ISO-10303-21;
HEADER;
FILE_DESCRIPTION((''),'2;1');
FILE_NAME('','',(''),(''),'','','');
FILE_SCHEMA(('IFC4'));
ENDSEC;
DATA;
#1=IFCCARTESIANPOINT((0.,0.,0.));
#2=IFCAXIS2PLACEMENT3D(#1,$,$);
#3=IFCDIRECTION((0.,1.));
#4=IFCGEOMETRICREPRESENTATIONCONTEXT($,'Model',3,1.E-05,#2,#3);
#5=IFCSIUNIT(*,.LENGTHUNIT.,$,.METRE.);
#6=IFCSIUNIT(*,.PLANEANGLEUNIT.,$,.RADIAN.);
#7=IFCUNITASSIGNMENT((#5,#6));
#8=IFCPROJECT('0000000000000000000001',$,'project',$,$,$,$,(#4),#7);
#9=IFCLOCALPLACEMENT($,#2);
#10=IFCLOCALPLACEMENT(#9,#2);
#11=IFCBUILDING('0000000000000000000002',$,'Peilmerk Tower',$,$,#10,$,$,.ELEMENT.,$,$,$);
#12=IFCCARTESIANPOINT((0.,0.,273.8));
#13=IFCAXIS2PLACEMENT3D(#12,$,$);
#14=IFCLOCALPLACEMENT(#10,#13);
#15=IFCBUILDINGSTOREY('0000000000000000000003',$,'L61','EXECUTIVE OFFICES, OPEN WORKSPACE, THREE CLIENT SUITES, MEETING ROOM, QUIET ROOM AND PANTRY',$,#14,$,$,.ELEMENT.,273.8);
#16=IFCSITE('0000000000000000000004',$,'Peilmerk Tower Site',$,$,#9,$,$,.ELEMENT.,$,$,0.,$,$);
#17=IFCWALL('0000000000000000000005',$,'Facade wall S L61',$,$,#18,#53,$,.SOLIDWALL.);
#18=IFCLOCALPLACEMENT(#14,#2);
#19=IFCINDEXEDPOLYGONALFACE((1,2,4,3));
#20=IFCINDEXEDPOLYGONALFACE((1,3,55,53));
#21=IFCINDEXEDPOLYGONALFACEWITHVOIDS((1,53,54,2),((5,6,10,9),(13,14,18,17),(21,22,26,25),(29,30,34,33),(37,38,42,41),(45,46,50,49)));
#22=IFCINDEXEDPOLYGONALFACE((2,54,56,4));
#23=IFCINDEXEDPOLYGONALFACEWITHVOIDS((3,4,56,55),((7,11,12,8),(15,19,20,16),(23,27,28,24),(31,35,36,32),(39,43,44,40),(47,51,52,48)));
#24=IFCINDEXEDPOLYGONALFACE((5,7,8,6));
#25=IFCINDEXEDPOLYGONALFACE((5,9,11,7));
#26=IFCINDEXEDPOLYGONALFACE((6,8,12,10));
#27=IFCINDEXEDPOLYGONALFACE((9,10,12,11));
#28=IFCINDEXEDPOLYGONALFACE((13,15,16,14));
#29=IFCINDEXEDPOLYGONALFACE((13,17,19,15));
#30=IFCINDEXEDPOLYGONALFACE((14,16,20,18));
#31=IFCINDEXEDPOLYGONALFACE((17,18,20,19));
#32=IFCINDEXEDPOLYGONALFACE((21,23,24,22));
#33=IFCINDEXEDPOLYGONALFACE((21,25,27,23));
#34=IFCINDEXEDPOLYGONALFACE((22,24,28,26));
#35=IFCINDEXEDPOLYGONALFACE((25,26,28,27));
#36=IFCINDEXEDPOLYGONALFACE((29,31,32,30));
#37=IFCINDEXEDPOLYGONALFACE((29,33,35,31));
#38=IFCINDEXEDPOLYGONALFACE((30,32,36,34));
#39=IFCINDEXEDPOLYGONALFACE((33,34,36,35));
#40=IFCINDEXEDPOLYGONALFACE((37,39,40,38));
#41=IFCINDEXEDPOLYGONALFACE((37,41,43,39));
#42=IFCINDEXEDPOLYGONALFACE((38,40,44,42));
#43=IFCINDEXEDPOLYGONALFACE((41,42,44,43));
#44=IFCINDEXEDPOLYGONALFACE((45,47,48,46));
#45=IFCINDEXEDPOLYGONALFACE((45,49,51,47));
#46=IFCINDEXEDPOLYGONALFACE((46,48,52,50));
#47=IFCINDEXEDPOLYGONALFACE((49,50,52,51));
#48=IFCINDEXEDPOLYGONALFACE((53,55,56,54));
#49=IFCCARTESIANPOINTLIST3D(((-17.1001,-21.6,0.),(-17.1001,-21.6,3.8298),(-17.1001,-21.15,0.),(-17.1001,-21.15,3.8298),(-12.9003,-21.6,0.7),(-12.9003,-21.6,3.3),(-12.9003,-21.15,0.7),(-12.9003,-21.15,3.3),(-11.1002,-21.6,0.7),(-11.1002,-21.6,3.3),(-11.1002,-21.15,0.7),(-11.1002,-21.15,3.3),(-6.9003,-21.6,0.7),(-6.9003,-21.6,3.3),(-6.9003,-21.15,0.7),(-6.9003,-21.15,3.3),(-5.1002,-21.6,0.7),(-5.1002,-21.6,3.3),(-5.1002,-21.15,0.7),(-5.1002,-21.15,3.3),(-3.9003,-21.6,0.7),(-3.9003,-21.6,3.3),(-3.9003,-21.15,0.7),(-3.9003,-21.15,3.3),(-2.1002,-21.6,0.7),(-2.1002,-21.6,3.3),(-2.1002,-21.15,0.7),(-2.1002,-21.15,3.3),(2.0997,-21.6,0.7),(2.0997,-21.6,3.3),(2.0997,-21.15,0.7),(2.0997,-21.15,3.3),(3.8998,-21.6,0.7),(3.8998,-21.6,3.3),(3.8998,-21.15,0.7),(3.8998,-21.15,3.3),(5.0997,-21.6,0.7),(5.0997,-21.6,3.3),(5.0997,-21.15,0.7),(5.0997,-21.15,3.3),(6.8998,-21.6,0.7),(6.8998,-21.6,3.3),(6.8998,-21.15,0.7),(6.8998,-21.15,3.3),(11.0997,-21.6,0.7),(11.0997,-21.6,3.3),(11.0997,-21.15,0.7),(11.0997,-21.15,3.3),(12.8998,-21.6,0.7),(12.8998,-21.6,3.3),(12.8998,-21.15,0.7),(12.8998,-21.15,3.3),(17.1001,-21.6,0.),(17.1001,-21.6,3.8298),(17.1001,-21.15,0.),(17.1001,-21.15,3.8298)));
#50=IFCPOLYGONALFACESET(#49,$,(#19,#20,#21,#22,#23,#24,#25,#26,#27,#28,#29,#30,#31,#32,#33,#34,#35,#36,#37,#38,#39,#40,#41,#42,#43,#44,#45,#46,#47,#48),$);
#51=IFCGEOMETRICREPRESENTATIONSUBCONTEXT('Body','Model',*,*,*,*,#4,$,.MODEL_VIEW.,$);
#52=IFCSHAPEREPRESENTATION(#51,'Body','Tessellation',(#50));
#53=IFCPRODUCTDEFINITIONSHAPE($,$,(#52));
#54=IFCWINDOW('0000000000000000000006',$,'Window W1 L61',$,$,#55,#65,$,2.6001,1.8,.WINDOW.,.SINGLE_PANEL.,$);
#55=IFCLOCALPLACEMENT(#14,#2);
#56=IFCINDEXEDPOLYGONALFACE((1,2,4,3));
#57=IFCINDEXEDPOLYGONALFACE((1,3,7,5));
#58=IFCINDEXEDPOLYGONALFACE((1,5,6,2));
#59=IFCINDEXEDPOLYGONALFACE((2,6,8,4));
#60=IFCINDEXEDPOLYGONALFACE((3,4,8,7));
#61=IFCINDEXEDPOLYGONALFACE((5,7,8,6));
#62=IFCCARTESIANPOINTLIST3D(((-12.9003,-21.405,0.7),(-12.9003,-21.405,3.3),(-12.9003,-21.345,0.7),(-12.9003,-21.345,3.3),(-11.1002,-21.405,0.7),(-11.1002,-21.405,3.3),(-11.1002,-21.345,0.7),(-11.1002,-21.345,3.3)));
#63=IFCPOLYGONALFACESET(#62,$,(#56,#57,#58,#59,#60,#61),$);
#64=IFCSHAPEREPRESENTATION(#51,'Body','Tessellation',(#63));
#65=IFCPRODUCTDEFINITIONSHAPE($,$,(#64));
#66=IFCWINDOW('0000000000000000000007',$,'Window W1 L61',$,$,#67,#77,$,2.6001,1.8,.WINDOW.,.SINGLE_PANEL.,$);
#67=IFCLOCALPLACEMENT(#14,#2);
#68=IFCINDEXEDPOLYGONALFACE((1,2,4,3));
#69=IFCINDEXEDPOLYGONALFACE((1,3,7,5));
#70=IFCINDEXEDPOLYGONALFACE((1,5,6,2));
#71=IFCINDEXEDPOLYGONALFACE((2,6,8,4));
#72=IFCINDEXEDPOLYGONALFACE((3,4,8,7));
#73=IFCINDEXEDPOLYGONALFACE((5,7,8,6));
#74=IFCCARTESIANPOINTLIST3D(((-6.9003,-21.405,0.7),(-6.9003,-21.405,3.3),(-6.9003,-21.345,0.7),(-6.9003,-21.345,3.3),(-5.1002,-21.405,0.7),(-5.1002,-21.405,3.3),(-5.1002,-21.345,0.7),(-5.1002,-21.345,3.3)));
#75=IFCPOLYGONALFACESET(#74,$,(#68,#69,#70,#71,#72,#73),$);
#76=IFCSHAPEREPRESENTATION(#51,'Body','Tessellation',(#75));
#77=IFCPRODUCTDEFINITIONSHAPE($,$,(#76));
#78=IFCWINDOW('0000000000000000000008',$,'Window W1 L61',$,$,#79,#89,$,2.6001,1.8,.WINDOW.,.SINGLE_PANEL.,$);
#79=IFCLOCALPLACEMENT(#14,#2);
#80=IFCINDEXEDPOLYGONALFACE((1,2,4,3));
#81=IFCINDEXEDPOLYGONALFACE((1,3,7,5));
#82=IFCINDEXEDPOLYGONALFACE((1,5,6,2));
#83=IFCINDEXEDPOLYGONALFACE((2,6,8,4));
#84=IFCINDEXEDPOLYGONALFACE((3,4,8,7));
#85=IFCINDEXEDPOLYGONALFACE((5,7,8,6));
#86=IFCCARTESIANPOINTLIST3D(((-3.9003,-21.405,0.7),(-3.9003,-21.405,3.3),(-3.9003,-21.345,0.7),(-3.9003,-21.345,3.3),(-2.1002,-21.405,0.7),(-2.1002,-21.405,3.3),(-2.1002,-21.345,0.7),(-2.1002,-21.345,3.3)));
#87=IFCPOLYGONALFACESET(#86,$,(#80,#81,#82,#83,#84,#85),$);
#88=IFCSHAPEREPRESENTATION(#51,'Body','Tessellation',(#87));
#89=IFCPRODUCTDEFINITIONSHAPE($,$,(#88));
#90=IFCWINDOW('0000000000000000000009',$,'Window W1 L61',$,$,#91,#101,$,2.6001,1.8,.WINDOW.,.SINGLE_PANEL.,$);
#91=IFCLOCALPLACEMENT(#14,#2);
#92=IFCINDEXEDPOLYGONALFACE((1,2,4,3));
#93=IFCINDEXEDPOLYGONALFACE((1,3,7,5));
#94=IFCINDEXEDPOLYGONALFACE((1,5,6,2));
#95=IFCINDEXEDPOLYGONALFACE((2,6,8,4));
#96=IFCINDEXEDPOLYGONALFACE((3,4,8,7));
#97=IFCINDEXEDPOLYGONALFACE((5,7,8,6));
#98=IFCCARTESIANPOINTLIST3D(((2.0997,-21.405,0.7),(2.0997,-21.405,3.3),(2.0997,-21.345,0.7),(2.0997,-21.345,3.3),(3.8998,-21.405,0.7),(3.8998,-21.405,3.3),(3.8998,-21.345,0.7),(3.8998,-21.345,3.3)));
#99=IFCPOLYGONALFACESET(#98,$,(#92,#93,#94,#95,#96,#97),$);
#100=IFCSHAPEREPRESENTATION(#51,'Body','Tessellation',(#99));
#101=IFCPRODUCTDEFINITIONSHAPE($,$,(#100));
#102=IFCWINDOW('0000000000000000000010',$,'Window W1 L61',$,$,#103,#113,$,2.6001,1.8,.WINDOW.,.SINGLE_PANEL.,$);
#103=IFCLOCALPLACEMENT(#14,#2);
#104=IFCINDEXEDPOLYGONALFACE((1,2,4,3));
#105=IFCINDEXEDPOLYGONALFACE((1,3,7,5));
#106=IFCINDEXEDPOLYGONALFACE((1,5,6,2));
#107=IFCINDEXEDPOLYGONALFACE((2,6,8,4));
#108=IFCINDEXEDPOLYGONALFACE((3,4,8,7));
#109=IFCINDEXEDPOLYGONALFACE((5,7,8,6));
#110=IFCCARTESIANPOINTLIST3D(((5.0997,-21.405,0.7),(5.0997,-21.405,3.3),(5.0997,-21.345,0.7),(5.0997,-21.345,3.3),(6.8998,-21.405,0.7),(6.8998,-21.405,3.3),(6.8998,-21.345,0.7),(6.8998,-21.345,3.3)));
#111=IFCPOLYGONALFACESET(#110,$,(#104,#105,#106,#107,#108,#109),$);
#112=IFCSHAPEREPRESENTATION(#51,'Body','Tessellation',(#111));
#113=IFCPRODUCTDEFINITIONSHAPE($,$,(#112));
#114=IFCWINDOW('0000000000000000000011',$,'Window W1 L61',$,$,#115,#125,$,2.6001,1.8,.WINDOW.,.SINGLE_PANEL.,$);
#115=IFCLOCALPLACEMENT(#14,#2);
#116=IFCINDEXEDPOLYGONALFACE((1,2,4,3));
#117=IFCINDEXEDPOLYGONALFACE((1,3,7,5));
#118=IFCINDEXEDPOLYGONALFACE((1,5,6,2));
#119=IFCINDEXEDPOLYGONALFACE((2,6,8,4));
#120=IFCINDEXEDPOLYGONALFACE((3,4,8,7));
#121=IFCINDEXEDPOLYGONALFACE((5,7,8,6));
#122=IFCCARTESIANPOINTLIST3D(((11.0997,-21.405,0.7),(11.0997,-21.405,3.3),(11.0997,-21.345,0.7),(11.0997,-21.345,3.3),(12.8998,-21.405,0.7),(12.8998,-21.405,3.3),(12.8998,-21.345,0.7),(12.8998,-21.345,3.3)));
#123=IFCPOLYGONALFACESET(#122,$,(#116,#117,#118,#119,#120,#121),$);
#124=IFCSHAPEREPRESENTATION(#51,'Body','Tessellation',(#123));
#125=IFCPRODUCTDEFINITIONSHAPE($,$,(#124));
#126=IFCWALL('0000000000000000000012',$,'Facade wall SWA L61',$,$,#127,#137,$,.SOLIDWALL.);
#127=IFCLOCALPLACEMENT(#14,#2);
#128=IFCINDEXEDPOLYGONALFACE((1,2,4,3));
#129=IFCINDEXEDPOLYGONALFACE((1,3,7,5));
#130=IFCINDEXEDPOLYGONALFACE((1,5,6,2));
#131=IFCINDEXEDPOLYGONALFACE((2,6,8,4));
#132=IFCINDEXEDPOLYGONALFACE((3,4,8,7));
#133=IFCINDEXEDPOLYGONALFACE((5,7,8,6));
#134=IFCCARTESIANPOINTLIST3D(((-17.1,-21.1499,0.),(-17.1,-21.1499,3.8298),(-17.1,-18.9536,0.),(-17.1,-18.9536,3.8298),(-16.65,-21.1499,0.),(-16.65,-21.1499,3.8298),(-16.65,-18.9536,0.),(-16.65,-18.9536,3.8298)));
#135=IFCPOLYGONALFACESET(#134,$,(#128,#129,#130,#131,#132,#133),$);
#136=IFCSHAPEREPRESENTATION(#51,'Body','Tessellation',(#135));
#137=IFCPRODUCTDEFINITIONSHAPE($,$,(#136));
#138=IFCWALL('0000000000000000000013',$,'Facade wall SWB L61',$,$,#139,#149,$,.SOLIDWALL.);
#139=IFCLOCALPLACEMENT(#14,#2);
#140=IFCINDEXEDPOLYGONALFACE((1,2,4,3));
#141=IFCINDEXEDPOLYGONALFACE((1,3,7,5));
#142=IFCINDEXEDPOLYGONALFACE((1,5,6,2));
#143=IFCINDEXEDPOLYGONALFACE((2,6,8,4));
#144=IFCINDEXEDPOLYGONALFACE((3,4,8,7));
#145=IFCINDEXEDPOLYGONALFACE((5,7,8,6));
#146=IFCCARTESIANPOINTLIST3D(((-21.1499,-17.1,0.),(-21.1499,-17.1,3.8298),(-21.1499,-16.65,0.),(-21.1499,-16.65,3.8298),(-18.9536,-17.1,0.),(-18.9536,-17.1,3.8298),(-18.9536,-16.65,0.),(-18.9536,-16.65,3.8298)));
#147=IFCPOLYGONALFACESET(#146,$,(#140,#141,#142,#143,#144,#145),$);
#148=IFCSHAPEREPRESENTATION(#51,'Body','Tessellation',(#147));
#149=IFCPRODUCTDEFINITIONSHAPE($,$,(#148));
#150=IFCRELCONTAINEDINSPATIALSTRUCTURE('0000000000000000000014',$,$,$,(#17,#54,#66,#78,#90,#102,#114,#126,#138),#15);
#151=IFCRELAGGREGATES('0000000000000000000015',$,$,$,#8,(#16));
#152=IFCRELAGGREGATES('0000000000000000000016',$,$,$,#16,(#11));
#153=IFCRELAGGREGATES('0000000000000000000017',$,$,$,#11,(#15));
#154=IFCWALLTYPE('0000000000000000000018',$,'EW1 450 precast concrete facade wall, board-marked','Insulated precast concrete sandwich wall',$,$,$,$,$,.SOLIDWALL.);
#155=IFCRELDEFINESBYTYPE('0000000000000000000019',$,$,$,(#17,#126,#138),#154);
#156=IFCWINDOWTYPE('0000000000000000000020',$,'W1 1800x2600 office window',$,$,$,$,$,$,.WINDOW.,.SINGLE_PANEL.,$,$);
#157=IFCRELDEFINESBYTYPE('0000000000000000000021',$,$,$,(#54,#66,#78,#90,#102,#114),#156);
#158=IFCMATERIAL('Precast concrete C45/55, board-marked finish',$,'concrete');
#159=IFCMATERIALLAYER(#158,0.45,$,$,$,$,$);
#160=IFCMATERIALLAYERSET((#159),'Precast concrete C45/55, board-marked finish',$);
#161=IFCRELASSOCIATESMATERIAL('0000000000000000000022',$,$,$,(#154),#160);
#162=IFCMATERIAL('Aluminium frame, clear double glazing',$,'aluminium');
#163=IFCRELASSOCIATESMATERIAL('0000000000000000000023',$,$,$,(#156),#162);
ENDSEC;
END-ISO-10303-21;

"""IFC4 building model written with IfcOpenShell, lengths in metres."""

from ifc_helpers import new_model, si_unit, direction, frame, frame_2d, origin, place, context, subcontext, project, spatial, rectangle, extrude, material, layer, layer_set, type_object, element, fill, save


model = new_model("IFC4")

# Units and contexts
model_context = context("Model", 3, precision=1e-05, world=origin(), true_north=direction((0.0, 1.0)))
body_context = subcontext(model_context, "Body", "Model", "MODEL_VIEW")
ifc_project = project(units=[si_unit("LENGTHUNIT", "METRE"), si_unit("PLANEANGLEUNIT", "RADIAN")], contexts=[model_context])

# Site, building, storey
site_placement = place(None, origin())
site = spatial("IfcSite", under=ifc_project, at=site_placement, Name="Peilmerk Tower Site", CompositionType="ELEMENT", RefElevation=0.0)
building_placement = place(site_placement, origin())
building = spatial("IfcBuilding", under=site, at=building_placement, Name="Peilmerk Tower", CompositionType="ELEMENT")
storey_placement = place(building_placement, frame((0.0, 0.0, 273.8)))
storey = spatial("IfcBuildingStorey", under=building, at=storey_placement, Name="L61", Description="EXECUTIVE OFFICES, OPEN WORKSPACE, THREE CLIENT SUITES, MEETING ROOM, QUIET ROOM AND PANTRY", CompositionType="ELEMENT", Elevation=273.8)

# Wall, openings, windows
ifc_material_1 = material(Name="Precast concrete C45/55, board-marked finish", Category="concrete")
ifc_layer_1 = layer(ifc_material_1, 0.45)
ifc_layer_set_1 = layer_set([ifc_layer_1], Name="Precast concrete C45/55, board-marked finish")
wall_type = type_object("IfcWallType", Name="EW1 450 precast concrete facade wall, board-marked", Description="Insulated precast concrete sandwich wall", PredefinedType="SOLIDWALL", material=ifc_layer_set_1)
wall_placement = place(storey_placement, frame((-17.1001, -21.375, 0.0), z_axis=(0.0, 0.0, 1.0), x_axis=(1.0, 0.0, 0.0)))
wall = element("IfcWall", 1, at=wall_placement, inside=storey, type_object=wall_type, Name="Facade wall S L61", PredefinedType="SOLIDWALL", context=body_context, shape_type="SweptSolid", body=[
    extrude(rectangle(XDim=34.2002, YDim=0.45, at=frame_2d((17.1001, 0.0))), origin(), (0.0, 0.0, 1.0), 3.8298),
])
opening_1_placement = place(wall_placement, frame((4.2, 0.0, 0.7)))
opening_1 = element("IfcOpeningElement", 2, at=opening_1_placement, cuts=wall, PredefinedType="OPENING", context=body_context, shape_type="SweptSolid", body=[
    extrude(rectangle(XDim=1.8, YDim=2.6001, at=frame_2d((0.8999, 1.3))), frame((0.0, 0.2349, 0.0), z_axis=(0.0, -1.0, 0.0), x_axis=(1.0, 0.0, 0.0)), (0.0, 0.0, 1.0), 0.47),
])
opening_2_placement = place(wall_placement, frame((10.2, 0.0, 0.7)))
opening_2 = element("IfcOpeningElement", 3, at=opening_2_placement, cuts=wall, PredefinedType="OPENING", context=body_context, shape_type="SweptSolid", body=[
    extrude(rectangle(XDim=1.8, YDim=2.6001, at=frame_2d((0.8999, 1.3))), frame((0.0, 0.2349, 0.0), z_axis=(0.0, -1.0, 0.0), x_axis=(1.0, 0.0, 0.0)), (0.0, 0.0, 1.0), 0.47),
])
opening_3_placement = place(wall_placement, frame((13.2, 0.0, 0.7)))
opening_3 = element("IfcOpeningElement", 4, at=opening_3_placement, cuts=wall, PredefinedType="OPENING", context=body_context, shape_type="SweptSolid", body=[
    extrude(rectangle(XDim=1.8, YDim=2.6001, at=frame_2d((0.8999, 1.3))), frame((0.0, 0.2349, 0.0), z_axis=(0.0, -1.0, 0.0), x_axis=(1.0, 0.0, 0.0)), (0.0, 0.0, 1.0), 0.47),
])
opening_4_placement = place(wall_placement, frame((19.2, 0.0, 0.7)))
opening_4 = element("IfcOpeningElement", 5, at=opening_4_placement, cuts=wall, PredefinedType="OPENING", context=body_context, shape_type="SweptSolid", body=[
    extrude(rectangle(XDim=1.8, YDim=2.6001, at=frame_2d((0.8999, 1.3))), frame((0.0, 0.2349, 0.0), z_axis=(0.0, -1.0, 0.0), x_axis=(1.0, 0.0, 0.0)), (0.0, 0.0, 1.0), 0.47),
])
opening_5_placement = place(wall_placement, frame((22.2, 0.0, 0.7)))
opening_5 = element("IfcOpeningElement", 6, at=opening_5_placement, cuts=wall, PredefinedType="OPENING", context=body_context, shape_type="SweptSolid", body=[
    extrude(rectangle(XDim=1.8, YDim=2.6001, at=frame_2d((0.8999, 1.3))), frame((0.0, 0.2349, 0.0), z_axis=(0.0, -1.0, 0.0), x_axis=(1.0, 0.0, 0.0)), (0.0, 0.0, 1.0), 0.47),
])
opening_6_placement = place(wall_placement, frame((28.2, 0.0, 0.7)))
opening_6 = element("IfcOpeningElement", 7, at=opening_6_placement, cuts=wall, PredefinedType="OPENING", context=body_context, shape_type="SweptSolid", body=[
    extrude(rectangle(XDim=1.8, YDim=2.6001, at=frame_2d((0.8999, 1.3))), frame((0.0, 0.2349, 0.0), z_axis=(0.0, -1.0, 0.0), x_axis=(1.0, 0.0, 0.0)), (0.0, 0.0, 1.0), 0.47),
])
ifc_material_2 = material(Name="Aluminium frame, clear double glazing", Category="aluminium")
window_type = type_object("IfcWindowType", Name="W1 1800x2600 office window", PartitioningType="SINGLE_PANEL", PredefinedType="WINDOW", material=ifc_material_2)
window_1_placement = place(opening_1_placement, origin())
window_1 = element("IfcWindow", 8, at=window_1_placement, inside=storey, type_object=window_type, Name="Window W1 L61", OverallHeight=2.6001, OverallWidth=1.8, PartitioningType="SINGLE_PANEL", PredefinedType="WINDOW", context=body_context, shape_type="SweptSolid", body=[
    extrude(rectangle(XDim=1.8, YDim=2.6001, at=frame_2d((0.8999, 1.3))), frame((0.0, 0.03, 0.0), z_axis=(0.0, -1.0, 0.0), x_axis=(1.0, 0.0, 0.0)), (0.0, 0.0, 1.0), 0.0601),
])
fill(opening_1, window_1)
window_2_placement = place(opening_2_placement, origin())
window_2 = element("IfcWindow", 9, at=window_2_placement, inside=storey, type_object=window_type, Name="Window W1 L61", OverallHeight=2.6001, OverallWidth=1.8, PartitioningType="SINGLE_PANEL", PredefinedType="WINDOW", context=body_context, shape_type="SweptSolid", body=[
    extrude(rectangle(XDim=1.8, YDim=2.6001, at=frame_2d((0.8999, 1.3))), frame((0.0, 0.03, 0.0), z_axis=(0.0, -1.0, 0.0), x_axis=(1.0, 0.0, 0.0)), (0.0, 0.0, 1.0), 0.0601),
])
fill(opening_2, window_2)
window_3_placement = place(opening_3_placement, origin())
window_3 = element("IfcWindow", 10, at=window_3_placement, inside=storey, type_object=window_type, Name="Window W1 L61", OverallHeight=2.6001, OverallWidth=1.8, PartitioningType="SINGLE_PANEL", PredefinedType="WINDOW", context=body_context, shape_type="SweptSolid", body=[
    extrude(rectangle(XDim=1.8, YDim=2.6001, at=frame_2d((0.8999, 1.3))), frame((0.0, 0.03, 0.0), z_axis=(0.0, -1.0, 0.0), x_axis=(1.0, 0.0, 0.0)), (0.0, 0.0, 1.0), 0.0601),
])
fill(opening_3, window_3)
window_4_placement = place(opening_4_placement, origin())
window_4 = element("IfcWindow", 11, at=window_4_placement, inside=storey, type_object=window_type, Name="Window W1 L61", OverallHeight=2.6001, OverallWidth=1.8, PartitioningType="SINGLE_PANEL", PredefinedType="WINDOW", context=body_context, shape_type="SweptSolid", body=[
    extrude(rectangle(XDim=1.8, YDim=2.6001, at=frame_2d((0.8999, 1.3))), frame((0.0, 0.03, 0.0), z_axis=(0.0, -1.0, 0.0), x_axis=(1.0, 0.0, 0.0)), (0.0, 0.0, 1.0), 0.0601),
])
fill(opening_4, window_4)
window_5_placement = place(opening_5_placement, origin())
window_5 = element("IfcWindow", 12, at=window_5_placement, inside=storey, type_object=window_type, Name="Window W1 L61", OverallHeight=2.6001, OverallWidth=1.8, PartitioningType="SINGLE_PANEL", PredefinedType="WINDOW", context=body_context, shape_type="SweptSolid", body=[
    extrude(rectangle(XDim=1.8, YDim=2.6001, at=frame_2d((0.8999, 1.3))), frame((0.0, 0.03, 0.0), z_axis=(0.0, -1.0, 0.0), x_axis=(1.0, 0.0, 0.0)), (0.0, 0.0, 1.0), 0.0601),
])
fill(opening_5, window_5)
window_6_placement = place(opening_6_placement, origin())
window_6 = element("IfcWindow", 13, at=window_6_placement, inside=storey, type_object=window_type, Name="Window W1 L61", OverallHeight=2.6001, OverallWidth=1.8, PartitioningType="SINGLE_PANEL", PredefinedType="WINDOW", context=body_context, shape_type="SweptSolid", body=[
    extrude(rectangle(XDim=1.8, YDim=2.6001, at=frame_2d((0.8999, 1.3))), frame((0.0, 0.03, 0.0), z_axis=(0.0, -1.0, 0.0), x_axis=(1.0, 0.0, 0.0)), (0.0, 0.0, 1.0), 0.0601),
])
fill(opening_6, window_6)

# Walls
for number, where, z_axis, x_axis, name in (
    (14, (-16.875, -18.9536, 0.0), (0.0, 0.0, 1.0), (0.0, -1.0, 0.0), "Facade wall SWA L61"),
    (15, (-18.9536, -16.875, 0.0), (0.0, 0.0, 1.0), (-1.0, 0.0, 0.0), "Facade wall SWB L61"),
):
    element("IfcWall", number, at=place(storey_placement, frame(where, z_axis=z_axis, x_axis=x_axis)), inside=storey, type_object=wall_type, Name=name, PredefinedType="SOLIDWALL", context=body_context, shape_type="SweptSolid", body=[
        extrude(rectangle(XDim=2.1963, YDim=0.45, at=frame_2d((1.0981, 0.0))), origin(), (0.0, 0.0, 1.0), 3.8298),
    ])

save(model, "model.ifc")
